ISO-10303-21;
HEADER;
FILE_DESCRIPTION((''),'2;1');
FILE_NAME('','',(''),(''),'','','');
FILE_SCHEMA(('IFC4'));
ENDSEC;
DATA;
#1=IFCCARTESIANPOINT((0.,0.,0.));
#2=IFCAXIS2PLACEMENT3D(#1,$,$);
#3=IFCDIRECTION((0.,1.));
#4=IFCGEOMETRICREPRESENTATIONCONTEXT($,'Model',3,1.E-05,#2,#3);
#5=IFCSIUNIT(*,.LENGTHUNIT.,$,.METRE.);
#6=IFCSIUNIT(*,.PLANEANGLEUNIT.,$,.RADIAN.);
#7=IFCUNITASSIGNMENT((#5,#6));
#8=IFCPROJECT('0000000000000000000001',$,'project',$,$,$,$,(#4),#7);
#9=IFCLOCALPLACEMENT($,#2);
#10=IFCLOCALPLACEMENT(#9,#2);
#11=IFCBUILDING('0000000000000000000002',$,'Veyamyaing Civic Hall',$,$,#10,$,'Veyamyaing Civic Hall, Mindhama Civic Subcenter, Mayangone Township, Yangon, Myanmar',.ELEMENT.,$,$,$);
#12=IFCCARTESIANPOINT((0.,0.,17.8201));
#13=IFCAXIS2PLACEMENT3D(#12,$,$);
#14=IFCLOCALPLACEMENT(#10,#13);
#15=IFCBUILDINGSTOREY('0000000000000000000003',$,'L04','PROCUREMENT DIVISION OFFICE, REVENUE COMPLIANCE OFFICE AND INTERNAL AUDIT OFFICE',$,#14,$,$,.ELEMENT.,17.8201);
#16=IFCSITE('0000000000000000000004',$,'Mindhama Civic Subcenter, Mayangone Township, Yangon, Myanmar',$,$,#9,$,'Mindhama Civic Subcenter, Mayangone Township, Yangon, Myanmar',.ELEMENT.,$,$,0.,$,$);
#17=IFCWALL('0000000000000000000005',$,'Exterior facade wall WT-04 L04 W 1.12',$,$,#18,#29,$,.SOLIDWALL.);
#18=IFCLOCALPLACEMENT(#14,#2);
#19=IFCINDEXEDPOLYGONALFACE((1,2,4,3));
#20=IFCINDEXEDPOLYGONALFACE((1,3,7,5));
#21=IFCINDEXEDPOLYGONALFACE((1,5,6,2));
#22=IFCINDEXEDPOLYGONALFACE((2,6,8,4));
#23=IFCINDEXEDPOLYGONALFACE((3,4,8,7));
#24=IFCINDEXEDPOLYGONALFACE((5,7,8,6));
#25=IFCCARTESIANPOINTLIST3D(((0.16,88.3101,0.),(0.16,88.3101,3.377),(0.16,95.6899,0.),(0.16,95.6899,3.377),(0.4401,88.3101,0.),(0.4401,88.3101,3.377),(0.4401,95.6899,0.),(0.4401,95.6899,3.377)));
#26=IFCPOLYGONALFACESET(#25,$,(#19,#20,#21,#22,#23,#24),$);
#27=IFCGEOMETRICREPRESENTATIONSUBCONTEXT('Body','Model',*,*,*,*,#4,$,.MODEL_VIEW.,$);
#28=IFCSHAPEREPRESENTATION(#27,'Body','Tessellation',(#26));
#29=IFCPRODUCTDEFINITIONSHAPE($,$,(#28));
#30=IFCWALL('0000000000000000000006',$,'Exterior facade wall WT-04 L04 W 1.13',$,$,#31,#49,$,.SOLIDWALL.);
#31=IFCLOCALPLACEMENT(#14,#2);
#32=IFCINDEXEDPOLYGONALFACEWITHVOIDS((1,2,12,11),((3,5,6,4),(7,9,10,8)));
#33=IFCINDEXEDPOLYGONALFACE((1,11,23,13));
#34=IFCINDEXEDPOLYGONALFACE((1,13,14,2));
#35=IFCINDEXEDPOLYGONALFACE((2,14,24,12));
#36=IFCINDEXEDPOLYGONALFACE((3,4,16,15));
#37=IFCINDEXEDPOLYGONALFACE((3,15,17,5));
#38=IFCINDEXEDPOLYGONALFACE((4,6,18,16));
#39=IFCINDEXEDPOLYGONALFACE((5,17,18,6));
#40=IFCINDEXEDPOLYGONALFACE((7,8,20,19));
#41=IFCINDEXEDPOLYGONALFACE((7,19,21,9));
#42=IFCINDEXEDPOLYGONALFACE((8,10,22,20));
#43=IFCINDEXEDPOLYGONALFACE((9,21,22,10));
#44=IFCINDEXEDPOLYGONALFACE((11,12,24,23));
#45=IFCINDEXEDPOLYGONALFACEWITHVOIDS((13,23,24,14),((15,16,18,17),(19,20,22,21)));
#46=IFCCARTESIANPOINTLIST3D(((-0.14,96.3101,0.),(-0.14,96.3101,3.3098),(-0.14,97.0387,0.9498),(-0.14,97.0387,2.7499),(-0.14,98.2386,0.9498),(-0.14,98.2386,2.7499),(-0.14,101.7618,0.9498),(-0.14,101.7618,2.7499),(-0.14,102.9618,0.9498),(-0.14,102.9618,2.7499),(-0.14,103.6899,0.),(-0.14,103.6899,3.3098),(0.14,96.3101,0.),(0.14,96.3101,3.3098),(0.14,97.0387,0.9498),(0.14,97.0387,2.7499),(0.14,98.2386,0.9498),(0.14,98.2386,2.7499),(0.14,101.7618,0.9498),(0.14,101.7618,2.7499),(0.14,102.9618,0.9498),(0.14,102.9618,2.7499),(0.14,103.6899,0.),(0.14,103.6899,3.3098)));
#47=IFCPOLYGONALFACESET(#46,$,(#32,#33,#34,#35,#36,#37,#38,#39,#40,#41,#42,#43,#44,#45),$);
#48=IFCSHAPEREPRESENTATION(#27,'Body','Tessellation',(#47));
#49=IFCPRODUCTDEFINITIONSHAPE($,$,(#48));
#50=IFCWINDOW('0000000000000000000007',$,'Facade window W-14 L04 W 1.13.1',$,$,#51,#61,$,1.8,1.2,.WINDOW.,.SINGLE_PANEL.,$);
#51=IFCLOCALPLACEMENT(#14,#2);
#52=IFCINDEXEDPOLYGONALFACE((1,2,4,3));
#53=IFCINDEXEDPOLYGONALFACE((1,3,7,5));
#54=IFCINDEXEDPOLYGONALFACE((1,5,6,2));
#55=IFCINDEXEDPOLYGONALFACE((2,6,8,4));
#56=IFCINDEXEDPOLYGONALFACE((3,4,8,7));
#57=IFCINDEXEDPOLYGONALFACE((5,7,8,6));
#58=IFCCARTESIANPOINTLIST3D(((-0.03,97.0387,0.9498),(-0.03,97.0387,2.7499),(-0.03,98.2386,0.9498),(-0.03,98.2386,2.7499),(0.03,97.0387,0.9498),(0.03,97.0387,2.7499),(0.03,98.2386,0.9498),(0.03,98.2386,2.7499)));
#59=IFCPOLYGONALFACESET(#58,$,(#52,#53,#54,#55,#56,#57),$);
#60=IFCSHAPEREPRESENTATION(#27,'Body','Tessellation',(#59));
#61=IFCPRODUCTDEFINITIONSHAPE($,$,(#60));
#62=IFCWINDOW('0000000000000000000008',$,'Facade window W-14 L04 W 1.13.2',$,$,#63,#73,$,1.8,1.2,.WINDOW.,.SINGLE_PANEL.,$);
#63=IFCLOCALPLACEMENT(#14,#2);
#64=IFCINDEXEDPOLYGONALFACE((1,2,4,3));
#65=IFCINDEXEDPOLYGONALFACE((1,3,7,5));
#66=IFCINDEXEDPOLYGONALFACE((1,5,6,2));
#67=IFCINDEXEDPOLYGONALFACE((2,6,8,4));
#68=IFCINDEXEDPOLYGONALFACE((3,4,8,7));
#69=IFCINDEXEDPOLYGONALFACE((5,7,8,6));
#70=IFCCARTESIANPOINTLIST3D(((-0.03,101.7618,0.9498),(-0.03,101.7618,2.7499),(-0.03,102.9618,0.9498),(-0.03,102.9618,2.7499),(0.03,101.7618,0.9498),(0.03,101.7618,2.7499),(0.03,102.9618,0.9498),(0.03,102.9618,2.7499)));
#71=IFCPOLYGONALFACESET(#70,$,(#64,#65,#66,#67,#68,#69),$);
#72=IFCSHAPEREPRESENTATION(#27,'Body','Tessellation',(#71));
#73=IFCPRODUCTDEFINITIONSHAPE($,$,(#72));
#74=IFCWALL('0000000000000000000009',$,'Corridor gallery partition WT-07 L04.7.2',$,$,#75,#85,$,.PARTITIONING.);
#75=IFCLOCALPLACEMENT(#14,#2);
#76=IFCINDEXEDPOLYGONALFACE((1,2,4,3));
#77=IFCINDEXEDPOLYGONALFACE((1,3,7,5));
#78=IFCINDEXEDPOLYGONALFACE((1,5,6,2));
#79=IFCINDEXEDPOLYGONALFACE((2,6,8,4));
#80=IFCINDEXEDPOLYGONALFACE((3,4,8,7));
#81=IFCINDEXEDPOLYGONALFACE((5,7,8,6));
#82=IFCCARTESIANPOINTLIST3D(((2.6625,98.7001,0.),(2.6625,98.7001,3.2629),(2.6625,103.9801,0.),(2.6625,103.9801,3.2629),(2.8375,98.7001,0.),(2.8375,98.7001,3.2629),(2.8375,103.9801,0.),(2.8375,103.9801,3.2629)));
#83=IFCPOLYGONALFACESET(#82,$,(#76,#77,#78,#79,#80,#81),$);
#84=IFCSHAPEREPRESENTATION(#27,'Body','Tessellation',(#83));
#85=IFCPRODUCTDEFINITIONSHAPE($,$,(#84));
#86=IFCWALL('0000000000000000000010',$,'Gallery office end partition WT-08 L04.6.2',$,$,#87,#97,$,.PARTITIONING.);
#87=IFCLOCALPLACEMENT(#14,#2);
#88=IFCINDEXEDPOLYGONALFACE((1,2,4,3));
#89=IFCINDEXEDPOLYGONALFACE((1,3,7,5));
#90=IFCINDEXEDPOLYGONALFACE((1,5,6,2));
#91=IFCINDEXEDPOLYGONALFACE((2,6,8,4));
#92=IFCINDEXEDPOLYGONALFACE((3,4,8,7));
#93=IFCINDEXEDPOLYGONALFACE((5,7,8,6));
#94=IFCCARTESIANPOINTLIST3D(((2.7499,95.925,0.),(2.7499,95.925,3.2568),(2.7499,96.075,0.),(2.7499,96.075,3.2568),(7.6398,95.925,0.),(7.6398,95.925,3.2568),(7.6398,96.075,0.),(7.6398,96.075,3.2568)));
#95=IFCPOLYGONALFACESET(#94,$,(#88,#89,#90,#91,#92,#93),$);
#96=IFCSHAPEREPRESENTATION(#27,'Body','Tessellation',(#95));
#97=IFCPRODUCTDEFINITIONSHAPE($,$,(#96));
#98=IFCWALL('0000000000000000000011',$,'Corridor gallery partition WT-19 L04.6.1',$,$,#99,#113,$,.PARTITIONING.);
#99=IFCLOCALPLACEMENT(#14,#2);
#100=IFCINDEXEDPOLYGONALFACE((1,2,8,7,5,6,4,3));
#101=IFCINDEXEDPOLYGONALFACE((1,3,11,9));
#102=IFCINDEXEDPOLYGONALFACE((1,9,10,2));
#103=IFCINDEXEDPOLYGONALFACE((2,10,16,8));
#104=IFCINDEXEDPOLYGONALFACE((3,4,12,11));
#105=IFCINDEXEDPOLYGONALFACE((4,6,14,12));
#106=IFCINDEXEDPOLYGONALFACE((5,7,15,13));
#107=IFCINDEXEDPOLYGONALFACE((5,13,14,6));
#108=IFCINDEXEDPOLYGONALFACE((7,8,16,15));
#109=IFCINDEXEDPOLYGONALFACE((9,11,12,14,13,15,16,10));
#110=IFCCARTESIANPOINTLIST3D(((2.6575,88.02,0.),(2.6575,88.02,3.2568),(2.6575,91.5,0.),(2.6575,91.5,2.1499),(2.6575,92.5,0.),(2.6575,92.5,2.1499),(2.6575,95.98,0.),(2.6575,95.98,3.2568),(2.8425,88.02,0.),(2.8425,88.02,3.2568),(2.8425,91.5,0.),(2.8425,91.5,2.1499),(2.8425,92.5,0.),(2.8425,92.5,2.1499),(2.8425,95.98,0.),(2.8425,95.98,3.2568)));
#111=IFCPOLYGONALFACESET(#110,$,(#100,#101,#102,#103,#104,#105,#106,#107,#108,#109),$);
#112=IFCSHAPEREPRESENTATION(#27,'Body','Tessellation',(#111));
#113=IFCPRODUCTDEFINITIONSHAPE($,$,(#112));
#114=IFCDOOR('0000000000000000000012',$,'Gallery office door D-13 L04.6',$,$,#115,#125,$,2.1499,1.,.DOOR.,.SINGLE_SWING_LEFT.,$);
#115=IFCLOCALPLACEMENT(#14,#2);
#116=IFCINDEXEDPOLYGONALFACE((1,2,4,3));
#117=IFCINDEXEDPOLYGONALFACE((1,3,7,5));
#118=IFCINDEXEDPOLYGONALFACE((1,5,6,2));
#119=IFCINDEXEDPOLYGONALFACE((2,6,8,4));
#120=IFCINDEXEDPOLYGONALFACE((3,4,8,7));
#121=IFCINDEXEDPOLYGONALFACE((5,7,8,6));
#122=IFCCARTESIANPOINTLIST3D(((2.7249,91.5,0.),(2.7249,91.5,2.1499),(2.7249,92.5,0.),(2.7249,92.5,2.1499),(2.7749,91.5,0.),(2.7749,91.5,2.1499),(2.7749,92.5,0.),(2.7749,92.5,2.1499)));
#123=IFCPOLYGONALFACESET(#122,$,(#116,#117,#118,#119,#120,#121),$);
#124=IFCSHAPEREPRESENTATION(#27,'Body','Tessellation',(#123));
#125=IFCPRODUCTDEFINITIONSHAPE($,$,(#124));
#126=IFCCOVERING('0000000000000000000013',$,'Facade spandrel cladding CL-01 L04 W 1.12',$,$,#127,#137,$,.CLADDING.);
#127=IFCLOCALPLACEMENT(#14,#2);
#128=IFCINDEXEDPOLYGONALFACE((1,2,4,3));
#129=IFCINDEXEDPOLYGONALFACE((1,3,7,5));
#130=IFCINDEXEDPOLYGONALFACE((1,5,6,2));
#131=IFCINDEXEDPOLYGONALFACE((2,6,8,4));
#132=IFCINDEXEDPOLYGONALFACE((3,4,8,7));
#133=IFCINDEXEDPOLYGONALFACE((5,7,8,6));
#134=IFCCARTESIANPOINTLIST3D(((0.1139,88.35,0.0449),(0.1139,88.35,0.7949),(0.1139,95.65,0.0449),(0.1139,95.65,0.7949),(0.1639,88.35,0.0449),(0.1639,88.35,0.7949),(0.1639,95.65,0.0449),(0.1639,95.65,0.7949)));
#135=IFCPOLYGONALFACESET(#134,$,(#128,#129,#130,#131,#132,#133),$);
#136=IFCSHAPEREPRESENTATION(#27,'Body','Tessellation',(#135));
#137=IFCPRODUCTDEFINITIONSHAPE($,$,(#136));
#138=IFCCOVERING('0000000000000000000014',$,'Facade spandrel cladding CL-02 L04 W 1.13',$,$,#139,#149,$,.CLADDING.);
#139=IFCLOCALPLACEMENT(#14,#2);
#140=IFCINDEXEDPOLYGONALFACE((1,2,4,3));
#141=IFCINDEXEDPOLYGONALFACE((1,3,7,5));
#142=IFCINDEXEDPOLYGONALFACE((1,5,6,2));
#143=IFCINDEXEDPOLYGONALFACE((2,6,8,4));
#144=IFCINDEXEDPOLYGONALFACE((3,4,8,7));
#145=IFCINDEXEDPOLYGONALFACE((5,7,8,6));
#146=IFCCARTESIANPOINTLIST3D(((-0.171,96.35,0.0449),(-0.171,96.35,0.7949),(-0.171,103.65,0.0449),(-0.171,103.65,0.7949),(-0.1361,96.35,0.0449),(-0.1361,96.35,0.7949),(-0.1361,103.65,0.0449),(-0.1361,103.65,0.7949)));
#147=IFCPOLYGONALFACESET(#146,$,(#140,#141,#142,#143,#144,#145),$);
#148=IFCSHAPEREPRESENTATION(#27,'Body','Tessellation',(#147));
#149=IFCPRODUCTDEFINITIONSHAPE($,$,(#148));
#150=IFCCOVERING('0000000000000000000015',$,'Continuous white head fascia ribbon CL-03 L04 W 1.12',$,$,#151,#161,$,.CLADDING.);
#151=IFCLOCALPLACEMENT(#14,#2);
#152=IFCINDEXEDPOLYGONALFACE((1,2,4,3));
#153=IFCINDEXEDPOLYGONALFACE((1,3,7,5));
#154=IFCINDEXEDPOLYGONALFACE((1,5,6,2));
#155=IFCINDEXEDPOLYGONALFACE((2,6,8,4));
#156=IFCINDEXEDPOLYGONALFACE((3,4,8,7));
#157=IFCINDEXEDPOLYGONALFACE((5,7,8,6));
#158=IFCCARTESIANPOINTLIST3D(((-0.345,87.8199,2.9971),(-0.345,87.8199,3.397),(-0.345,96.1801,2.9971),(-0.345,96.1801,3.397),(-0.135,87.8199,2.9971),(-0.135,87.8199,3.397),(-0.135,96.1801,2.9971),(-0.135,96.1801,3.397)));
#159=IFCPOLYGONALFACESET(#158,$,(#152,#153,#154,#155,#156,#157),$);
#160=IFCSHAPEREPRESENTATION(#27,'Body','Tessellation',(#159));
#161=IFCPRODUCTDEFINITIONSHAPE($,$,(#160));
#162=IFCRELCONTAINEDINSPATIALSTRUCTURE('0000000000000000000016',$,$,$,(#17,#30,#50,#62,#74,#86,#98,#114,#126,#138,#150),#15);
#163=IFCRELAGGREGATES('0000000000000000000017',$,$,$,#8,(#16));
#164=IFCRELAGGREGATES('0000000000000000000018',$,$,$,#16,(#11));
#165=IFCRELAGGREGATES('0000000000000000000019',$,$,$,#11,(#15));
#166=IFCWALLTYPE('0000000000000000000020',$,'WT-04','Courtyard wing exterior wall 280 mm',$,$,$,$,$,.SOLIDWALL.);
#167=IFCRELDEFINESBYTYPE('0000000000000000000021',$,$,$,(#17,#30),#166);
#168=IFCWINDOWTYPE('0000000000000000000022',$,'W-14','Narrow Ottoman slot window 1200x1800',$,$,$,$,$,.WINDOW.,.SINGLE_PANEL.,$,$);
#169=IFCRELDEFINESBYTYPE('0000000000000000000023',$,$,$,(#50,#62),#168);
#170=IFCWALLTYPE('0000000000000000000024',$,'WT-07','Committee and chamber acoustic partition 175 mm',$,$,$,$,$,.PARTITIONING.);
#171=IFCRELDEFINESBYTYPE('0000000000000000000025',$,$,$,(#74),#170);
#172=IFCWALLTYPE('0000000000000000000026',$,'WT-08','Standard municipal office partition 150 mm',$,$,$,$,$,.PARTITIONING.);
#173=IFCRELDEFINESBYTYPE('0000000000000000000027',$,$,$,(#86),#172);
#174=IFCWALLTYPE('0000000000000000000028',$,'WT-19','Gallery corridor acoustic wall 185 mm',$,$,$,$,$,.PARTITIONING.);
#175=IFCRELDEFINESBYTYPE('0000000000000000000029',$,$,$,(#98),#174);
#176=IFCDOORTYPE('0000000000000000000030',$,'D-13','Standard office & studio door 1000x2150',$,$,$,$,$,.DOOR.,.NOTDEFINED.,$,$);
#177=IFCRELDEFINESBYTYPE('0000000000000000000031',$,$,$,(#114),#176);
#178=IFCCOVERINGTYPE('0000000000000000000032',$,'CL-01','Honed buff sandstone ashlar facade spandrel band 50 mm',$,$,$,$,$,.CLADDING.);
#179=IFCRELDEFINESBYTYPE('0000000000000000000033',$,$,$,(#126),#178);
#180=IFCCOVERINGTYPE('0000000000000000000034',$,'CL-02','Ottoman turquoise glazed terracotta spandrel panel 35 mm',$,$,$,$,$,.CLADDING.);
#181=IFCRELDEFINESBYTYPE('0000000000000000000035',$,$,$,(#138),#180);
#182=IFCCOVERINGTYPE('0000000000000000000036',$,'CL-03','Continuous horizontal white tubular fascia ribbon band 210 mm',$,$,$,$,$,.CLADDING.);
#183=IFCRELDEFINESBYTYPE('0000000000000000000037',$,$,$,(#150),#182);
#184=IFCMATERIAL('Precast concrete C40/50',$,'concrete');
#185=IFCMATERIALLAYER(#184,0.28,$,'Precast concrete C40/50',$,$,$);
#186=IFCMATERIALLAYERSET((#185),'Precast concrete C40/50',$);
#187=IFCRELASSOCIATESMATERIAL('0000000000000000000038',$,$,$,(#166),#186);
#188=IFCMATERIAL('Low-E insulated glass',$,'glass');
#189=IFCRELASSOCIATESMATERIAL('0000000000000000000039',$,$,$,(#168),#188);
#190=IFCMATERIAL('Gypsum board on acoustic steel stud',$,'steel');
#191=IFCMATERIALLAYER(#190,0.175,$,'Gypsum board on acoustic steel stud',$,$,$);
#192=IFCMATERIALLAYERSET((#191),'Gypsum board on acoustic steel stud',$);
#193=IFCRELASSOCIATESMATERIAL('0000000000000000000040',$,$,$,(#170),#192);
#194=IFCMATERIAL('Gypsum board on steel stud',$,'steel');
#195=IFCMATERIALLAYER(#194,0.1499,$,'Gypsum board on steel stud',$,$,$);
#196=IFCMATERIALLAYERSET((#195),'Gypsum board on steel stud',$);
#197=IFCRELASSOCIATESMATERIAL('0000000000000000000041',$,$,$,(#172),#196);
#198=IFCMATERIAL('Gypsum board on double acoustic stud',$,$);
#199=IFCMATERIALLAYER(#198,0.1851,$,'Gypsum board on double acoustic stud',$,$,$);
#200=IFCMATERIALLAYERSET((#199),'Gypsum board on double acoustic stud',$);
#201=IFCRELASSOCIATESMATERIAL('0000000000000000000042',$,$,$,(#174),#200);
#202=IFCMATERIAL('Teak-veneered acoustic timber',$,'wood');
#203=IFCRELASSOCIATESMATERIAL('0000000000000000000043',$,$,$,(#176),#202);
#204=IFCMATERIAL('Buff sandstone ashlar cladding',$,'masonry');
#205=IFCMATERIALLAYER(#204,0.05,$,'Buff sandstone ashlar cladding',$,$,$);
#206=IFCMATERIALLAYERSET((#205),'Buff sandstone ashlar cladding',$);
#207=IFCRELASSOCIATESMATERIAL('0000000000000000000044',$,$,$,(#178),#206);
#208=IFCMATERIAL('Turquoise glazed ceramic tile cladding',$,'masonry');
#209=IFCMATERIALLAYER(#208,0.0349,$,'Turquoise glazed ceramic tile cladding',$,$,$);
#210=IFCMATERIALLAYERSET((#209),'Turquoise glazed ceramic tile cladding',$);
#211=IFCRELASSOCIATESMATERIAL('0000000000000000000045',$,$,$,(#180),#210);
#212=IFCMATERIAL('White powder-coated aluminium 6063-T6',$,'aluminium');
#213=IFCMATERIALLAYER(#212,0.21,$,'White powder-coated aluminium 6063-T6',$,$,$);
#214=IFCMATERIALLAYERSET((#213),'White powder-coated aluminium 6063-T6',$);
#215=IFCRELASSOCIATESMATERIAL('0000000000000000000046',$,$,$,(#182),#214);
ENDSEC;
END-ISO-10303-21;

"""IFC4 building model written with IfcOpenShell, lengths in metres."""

from ifc_helpers import new_model, si_unit, direction, frame, frame_2d, origin, origin_2d, place, context, subcontext, project, spatial, rectangle, extrude, material, layer, layer_set, type_object, element, fill, save


model = new_model("IFC4")

# Units and contexts
model_context = context("Model", 3, precision=1e-05, world=origin(), true_north=direction((0.0, 1.0)))
body_context = subcontext(model_context, "Body", "Model", "MODEL_VIEW")
ifc_project = project(units=[si_unit("LENGTHUNIT", "METRE"), si_unit("PLANEANGLEUNIT", "RADIAN")], contexts=[model_context])

# Site, building, storey
site_placement = place(None, origin())
site = spatial("IfcSite", under=ifc_project, at=site_placement, Name="Mindhama Civic Subcenter, Mayangone Township, Yangon, Myanmar", LongName="Mindhama Civic Subcenter, Mayangone Township, Yangon, Myanmar", CompositionType="ELEMENT", RefElevation=0.0)
building_placement = place(site_placement, origin())
building = spatial("IfcBuilding", under=site, at=building_placement, Name="Veyamyaing Civic Hall", LongName="Veyamyaing Civic Hall, Mindhama Civic Subcenter, Mayangone Township, Yangon, Myanmar", CompositionType="ELEMENT")
storey_placement = place(building_placement, frame((0.0, 0.0, 17.8201)))
storey = spatial("IfcBuildingStorey", under=building, at=storey_placement, Name="L04", Description="PROCUREMENT DIVISION OFFICE, REVENUE COMPLIANCE OFFICE AND INTERNAL AUDIT OFFICE", CompositionType="ELEMENT", Elevation=17.8201)

# Wall
ifc_material_1 = material(Name="Precast concrete C40/50", Category="concrete")
ifc_layer_1 = layer(ifc_material_1, 0.28, Name="Precast concrete C40/50")
ifc_layer_set_1 = layer_set([ifc_layer_1], Name="Precast concrete C40/50")
wall_type_1 = type_object("IfcWallType", Name="WT-04", Description="Courtyard wing exterior wall 280 mm", PredefinedType="SOLIDWALL", material=ifc_layer_set_1)
wall_1_placement = place(storey_placement, frame((0.3, 88.3101, 0.0), z_axis=(0.0, 0.0, 1.0), x_axis=(0.0, 1.0, 0.0)))
element("IfcWall", 1, at=wall_1_placement, inside=storey, type_object=wall_type_1, Name="Exterior facade wall WT-04 L04 W 1.12", PredefinedType="SOLIDWALL", context=body_context, shape_type="SweptSolid", body=[
    extrude(rectangle(XDim=7.3799, YDim=0.28, at=frame_2d((3.6899, 0.0))), origin(), (0.0, 0.0, 1.0), 3.377),
])

# Wall, openings, windows
wall_2_placement = place(storey_placement, frame((0.0, 96.3101, 0.0), z_axis=(0.0, 0.0, 1.0), x_axis=(0.0, 1.0, 0.0)))
wall_2 = element("IfcWall", 2, at=wall_2_placement, inside=storey, type_object=wall_type_1, Name="Exterior facade wall WT-04 L04 W 1.13", PredefinedType="SOLIDWALL", context=body_context, shape_type="SweptSolid", body=[
    extrude(rectangle(XDim=7.3799, YDim=0.28, at=frame_2d((3.6899, 0.0))), origin(), (0.0, 0.0, 1.0), 3.3098),
])
opening_1_placement = place(wall_2_placement, frame((0.7285, 0.0, 0.95)))
opening_1 = element("IfcOpeningElement", 3, at=opening_1_placement, cuts=wall_2, PredefinedType="OPENING", context=body_context, shape_type="SweptSolid", body=[
    extrude(rectangle(XDim=1.2, YDim=1.8, at=frame_2d((0.6001, 0.8999))), frame((0.0, 0.1499, 0.0), z_axis=(0.0, -1.0, 0.0), x_axis=(1.0, 0.0, 0.0)), (0.0, 0.0, 1.0), 0.3),
])
opening_2_placement = place(wall_2_placement, frame((5.4517, 0.0, 0.95)))
opening_2 = element("IfcOpeningElement", 4, at=opening_2_placement, cuts=wall_2, PredefinedType="OPENING", context=body_context, shape_type="SweptSolid", body=[
    extrude(rectangle(XDim=1.2, YDim=1.8, at=frame_2d((0.6001, 0.8999))), frame((0.0, 0.1499, 0.0), z_axis=(0.0, -1.0, 0.0), x_axis=(1.0, 0.0, 0.0)), (0.0, 0.0, 1.0), 0.3),
])
ifc_material_2 = material(Name="Low-E insulated glass", Category="glass")
window_type = type_object("IfcWindowType", Name="W-14", Description="Narrow Ottoman slot window 1200x1800", PartitioningType="SINGLE_PANEL", PredefinedType="WINDOW", material=ifc_material_2)
window_1_placement = place(opening_1_placement, origin())
window_1 = element("IfcWindow", 5, at=window_1_placement, inside=storey, type_object=window_type, Name="Facade window W-14 L04 W 1.13.1", OverallHeight=1.8, OverallWidth=1.2, PartitioningType="SINGLE_PANEL", PredefinedType="WINDOW", context=body_context, shape_type="SweptSolid", body=[
    extrude(rectangle(XDim=1.2, YDim=1.8, at=frame_2d((0.6001, 0.8999))), frame((0.0, 0.03, 0.0), z_axis=(0.0, -1.0, 0.0), x_axis=(1.0, 0.0, 0.0)), (0.0, 0.0, 1.0), 0.0601),
])
fill(opening_1, window_1)
window_2_placement = place(opening_2_placement, origin())
window_2 = element("IfcWindow", 6, at=window_2_placement, inside=storey, type_object=window_type, Name="Facade window W-14 L04 W 1.13.2", OverallHeight=1.8, OverallWidth=1.2, PartitioningType="SINGLE_PANEL", PredefinedType="WINDOW", context=body_context, shape_type="SweptSolid", body=[
    extrude(rectangle(XDim=1.2, YDim=1.8, at=frame_2d((0.6001, 0.8999))), frame((0.0, 0.03, 0.0), z_axis=(0.0, -1.0, 0.0), x_axis=(1.0, 0.0, 0.0)), (0.0, 0.0, 1.0), 0.0601),
])
fill(opening_2, window_2)

# Shared definitions
ifc_material_3 = material(Name="Gypsum board on acoustic steel stud", Category="steel")
ifc_layer_2 = layer(ifc_material_3, 0.175, Name="Gypsum board on acoustic steel stud")
ifc_layer_set_2 = layer_set([ifc_layer_2], Name="Gypsum board on acoustic steel stud")
wall_type_2 = type_object("IfcWallType", Name="WT-07", Description="Committee and chamber acoustic partition 175 mm", PredefinedType="PARTITIONING", material=ifc_layer_set_2)
ifc_material_4 = material(Name="Teak-veneered acoustic timber", Category="wood")

# Walls
wall_3_placement = place(storey_placement, frame((2.75, 98.7, 0.0), z_axis=(0.0, 0.0, 1.0), x_axis=(0.0, 1.0, 0.0)))
element("IfcWall", 7, at=wall_3_placement, inside=storey, type_object=wall_type_2, Name="Corridor gallery partition WT-07 L04.7.2", PredefinedType="PARTITIONING", context=body_context, shape_type="SweptSolid", body=[
    extrude(rectangle(XDim=5.28, YDim=0.175, at=frame_2d((2.6401, 0.0))), origin(), (0.0, 0.0, 1.0), 3.2629),
])
ifc_material_5 = material(Name="Gypsum board on steel stud", Category="steel")
ifc_layer_3 = layer(ifc_material_5, 0.1499, Name="Gypsum board on steel stud")
ifc_layer_set_3 = layer_set([ifc_layer_3], Name="Gypsum board on steel stud")
wall_type_3 = type_object("IfcWallType", Name="WT-08", Description="Standard municipal office partition 150 mm", PredefinedType="PARTITIONING", material=ifc_layer_set_3)
wall_4_placement = place(storey_placement, frame((2.75, 96.0, 0.0), z_axis=(0.0, 0.0, 1.0), x_axis=(1.0, 0.0, 0.0)))
element("IfcWall", 8, at=wall_4_placement, inside=storey, type_object=wall_type_3, Name="Gallery office end partition WT-08 L04.6.2", PredefinedType="PARTITIONING", context=body_context, shape_type="SweptSolid", body=[
    extrude(rectangle(XDim=4.8899, YDim=0.1499, at=frame_2d((2.4448, 0.0))), origin(), (0.0, 0.0, 1.0), 3.2568),
])

# Wall, opening, door
ifc_material_6 = material(Name="Gypsum board on double acoustic stud")
ifc_layer_4 = layer(ifc_material_6, 0.1851, Name="Gypsum board on double acoustic stud")
ifc_layer_set_4 = layer_set([ifc_layer_4], Name="Gypsum board on double acoustic stud")
wall_type_4 = type_object("IfcWallType", Name="WT-19", Description="Gallery corridor acoustic wall 185 mm", PredefinedType="PARTITIONING", material=ifc_layer_set_4)
wall_5_placement = place(storey_placement, frame((2.75, 88.02, 0.0), z_axis=(0.0, 0.0, 1.0), x_axis=(0.0, 1.0, 0.0)))
wall_5 = element("IfcWall", 9, at=wall_5_placement, inside=storey, type_object=wall_type_4, Name="Corridor gallery partition WT-19 L04.6.1", PredefinedType="PARTITIONING", context=body_context, shape_type="SweptSolid", body=[
    extrude(rectangle(XDim=7.96, YDim=0.1851, at=frame_2d((3.98, 0.0))), origin(), (0.0, 0.0, 1.0), 3.2568),
])
opening_3_placement = place(wall_5_placement, frame((3.48, 0.0, 0.0)))
opening_3 = element("IfcOpeningElement", 10, at=opening_3_placement, cuts=wall_5, PredefinedType="OPENING", context=body_context, shape_type="SweptSolid", body=[
    extrude(rectangle(XDim=1.0, YDim=2.1499, at=frame_2d((0.5, 1.075))), frame((0.0, 0.1025, 0.0), z_axis=(0.0, -1.0, 0.0), x_axis=(1.0, 0.0, 0.0)), (0.0, 0.0, 1.0), 0.2051),
])
door_type_1 = type_object("IfcDoorType", Name="D-13", Description="Standard office & studio door 1000x2150", OperationType="NOTDEFINED", PredefinedType="DOOR", material=ifc_material_4)
door_1_placement = place(opening_3_placement, frame((1.0, 0.0, 0.0), z_axis=(0.0, 0.0, 1.0), x_axis=(-1.0, 0.0, 0.0)))
door_1 = element("IfcDoor", 11, at=door_1_placement, inside=storey, type_object=door_type_1, Name="Gallery office door D-13 L04.6", OperationType="SINGLE_SWING_LEFT", OverallHeight=2.1499, OverallWidth=1.0, PredefinedType="DOOR", context=body_context, shape_type="SweptSolid", body=[
    extrude(rectangle(XDim=1.0, YDim=2.1499, at=frame_2d((0.5, 1.075))), frame((0.0, 0.0249, 0.0), z_axis=(0.0, -1.0, 0.0), x_axis=(1.0, 0.0, 0.0)), (0.0, 0.0, 1.0), 0.05),
])
fill(opening_3, door_1)

# Coverings
ifc_material_7 = material(Name="Buff sandstone ashlar cladding", Category="masonry")
ifc_layer_5 = layer(ifc_material_7, 0.05, Name="Buff sandstone ashlar cladding")
ifc_layer_set_5 = layer_set([ifc_layer_5], Name="Buff sandstone ashlar cladding")
covering_type_1 = type_object("IfcCoveringType", Name="CL-01", Description="Honed buff sandstone ashlar facade spandrel band 50 mm", PredefinedType="CLADDING", material=ifc_layer_set_5)
covering_1_placement = place(storey_placement, frame((0.1389, 92.0, 0.0449), z_axis=(0.0, 0.0, 1.0), x_axis=(0.0, 1.0, 0.0)))
element("IfcCovering", 12, at=covering_1_placement, inside=storey, type_object=covering_type_1, Name="Facade spandrel cladding CL-01 L04 W 1.12", PredefinedType="CLADDING", context=body_context, shape_type="SweptSolid", body=[
    extrude(rectangle(XDim=7.3, YDim=0.05, at=origin_2d()), origin(), (0.0, 0.0, 1.0), 0.75),
])
ifc_material_8 = material(Name="Turquoise glazed ceramic tile cladding", Category="masonry")
ifc_layer_6 = layer(ifc_material_8, 0.0349, Name="Turquoise glazed ceramic tile cladding")
ifc_layer_set_6 = layer_set([ifc_layer_6], Name="Turquoise glazed ceramic tile cladding")
covering_type_2 = type_object("IfcCoveringType", Name="CL-02", Description="Ottoman turquoise glazed terracotta spandrel panel 35 mm", PredefinedType="CLADDING", material=ifc_layer_set_6)
covering_2_placement = place(storey_placement, frame((-0.1536, 100.0, 0.0449), z_axis=(0.0, 0.0, 1.0), x_axis=(0.0, 1.0, 0.0)))
element("IfcCovering", 13, at=covering_2_placement, inside=storey, type_object=covering_type_2, Name="Facade spandrel cladding CL-02 L04 W 1.13", PredefinedType="CLADDING", context=body_context, shape_type="SweptSolid", body=[
    extrude(rectangle(XDim=7.3, YDim=0.0349, at=origin_2d()), origin(), (0.0, 0.0, 1.0), 0.75),
])
ifc_material_9 = material(Name="White powder-coated aluminium 6063-T6", Category="aluminium")
ifc_layer_7 = layer(ifc_material_9, 0.21, Name="White powder-coated aluminium 6063-T6")
ifc_layer_set_7 = layer_set([ifc_layer_7], Name="White powder-coated aluminium 6063-T6")
covering_type_3 = type_object("IfcCoveringType", Name="CL-03", Description="Continuous horizontal white tubular fascia ribbon band 210 mm", PredefinedType="CLADDING", material=ifc_layer_set_7)
for number, where, z_axis, x_axis, name in (
    (14, (-0.24, 92.0, 2.9971), (0.0, 0.0, 1.0), (0.0, 1.0, 0.0), "Continuous white head fascia ribbon CL-03 L04 W 1.12"),
):
    element("IfcCovering", number, at=place(storey_placement, frame(where, z_axis=z_axis, x_axis=x_axis)), inside=storey, type_object=covering_type_3, Name=name, PredefinedType="CLADDING", context=body_context, shape_type="SweptSolid", body=[
        extrude(rectangle(XDim=8.3601, YDim=0.21, at=origin_2d()), origin(), (0.0, 0.0, 1.0), 0.3999),
    ])

save(model, "model.ifc")
